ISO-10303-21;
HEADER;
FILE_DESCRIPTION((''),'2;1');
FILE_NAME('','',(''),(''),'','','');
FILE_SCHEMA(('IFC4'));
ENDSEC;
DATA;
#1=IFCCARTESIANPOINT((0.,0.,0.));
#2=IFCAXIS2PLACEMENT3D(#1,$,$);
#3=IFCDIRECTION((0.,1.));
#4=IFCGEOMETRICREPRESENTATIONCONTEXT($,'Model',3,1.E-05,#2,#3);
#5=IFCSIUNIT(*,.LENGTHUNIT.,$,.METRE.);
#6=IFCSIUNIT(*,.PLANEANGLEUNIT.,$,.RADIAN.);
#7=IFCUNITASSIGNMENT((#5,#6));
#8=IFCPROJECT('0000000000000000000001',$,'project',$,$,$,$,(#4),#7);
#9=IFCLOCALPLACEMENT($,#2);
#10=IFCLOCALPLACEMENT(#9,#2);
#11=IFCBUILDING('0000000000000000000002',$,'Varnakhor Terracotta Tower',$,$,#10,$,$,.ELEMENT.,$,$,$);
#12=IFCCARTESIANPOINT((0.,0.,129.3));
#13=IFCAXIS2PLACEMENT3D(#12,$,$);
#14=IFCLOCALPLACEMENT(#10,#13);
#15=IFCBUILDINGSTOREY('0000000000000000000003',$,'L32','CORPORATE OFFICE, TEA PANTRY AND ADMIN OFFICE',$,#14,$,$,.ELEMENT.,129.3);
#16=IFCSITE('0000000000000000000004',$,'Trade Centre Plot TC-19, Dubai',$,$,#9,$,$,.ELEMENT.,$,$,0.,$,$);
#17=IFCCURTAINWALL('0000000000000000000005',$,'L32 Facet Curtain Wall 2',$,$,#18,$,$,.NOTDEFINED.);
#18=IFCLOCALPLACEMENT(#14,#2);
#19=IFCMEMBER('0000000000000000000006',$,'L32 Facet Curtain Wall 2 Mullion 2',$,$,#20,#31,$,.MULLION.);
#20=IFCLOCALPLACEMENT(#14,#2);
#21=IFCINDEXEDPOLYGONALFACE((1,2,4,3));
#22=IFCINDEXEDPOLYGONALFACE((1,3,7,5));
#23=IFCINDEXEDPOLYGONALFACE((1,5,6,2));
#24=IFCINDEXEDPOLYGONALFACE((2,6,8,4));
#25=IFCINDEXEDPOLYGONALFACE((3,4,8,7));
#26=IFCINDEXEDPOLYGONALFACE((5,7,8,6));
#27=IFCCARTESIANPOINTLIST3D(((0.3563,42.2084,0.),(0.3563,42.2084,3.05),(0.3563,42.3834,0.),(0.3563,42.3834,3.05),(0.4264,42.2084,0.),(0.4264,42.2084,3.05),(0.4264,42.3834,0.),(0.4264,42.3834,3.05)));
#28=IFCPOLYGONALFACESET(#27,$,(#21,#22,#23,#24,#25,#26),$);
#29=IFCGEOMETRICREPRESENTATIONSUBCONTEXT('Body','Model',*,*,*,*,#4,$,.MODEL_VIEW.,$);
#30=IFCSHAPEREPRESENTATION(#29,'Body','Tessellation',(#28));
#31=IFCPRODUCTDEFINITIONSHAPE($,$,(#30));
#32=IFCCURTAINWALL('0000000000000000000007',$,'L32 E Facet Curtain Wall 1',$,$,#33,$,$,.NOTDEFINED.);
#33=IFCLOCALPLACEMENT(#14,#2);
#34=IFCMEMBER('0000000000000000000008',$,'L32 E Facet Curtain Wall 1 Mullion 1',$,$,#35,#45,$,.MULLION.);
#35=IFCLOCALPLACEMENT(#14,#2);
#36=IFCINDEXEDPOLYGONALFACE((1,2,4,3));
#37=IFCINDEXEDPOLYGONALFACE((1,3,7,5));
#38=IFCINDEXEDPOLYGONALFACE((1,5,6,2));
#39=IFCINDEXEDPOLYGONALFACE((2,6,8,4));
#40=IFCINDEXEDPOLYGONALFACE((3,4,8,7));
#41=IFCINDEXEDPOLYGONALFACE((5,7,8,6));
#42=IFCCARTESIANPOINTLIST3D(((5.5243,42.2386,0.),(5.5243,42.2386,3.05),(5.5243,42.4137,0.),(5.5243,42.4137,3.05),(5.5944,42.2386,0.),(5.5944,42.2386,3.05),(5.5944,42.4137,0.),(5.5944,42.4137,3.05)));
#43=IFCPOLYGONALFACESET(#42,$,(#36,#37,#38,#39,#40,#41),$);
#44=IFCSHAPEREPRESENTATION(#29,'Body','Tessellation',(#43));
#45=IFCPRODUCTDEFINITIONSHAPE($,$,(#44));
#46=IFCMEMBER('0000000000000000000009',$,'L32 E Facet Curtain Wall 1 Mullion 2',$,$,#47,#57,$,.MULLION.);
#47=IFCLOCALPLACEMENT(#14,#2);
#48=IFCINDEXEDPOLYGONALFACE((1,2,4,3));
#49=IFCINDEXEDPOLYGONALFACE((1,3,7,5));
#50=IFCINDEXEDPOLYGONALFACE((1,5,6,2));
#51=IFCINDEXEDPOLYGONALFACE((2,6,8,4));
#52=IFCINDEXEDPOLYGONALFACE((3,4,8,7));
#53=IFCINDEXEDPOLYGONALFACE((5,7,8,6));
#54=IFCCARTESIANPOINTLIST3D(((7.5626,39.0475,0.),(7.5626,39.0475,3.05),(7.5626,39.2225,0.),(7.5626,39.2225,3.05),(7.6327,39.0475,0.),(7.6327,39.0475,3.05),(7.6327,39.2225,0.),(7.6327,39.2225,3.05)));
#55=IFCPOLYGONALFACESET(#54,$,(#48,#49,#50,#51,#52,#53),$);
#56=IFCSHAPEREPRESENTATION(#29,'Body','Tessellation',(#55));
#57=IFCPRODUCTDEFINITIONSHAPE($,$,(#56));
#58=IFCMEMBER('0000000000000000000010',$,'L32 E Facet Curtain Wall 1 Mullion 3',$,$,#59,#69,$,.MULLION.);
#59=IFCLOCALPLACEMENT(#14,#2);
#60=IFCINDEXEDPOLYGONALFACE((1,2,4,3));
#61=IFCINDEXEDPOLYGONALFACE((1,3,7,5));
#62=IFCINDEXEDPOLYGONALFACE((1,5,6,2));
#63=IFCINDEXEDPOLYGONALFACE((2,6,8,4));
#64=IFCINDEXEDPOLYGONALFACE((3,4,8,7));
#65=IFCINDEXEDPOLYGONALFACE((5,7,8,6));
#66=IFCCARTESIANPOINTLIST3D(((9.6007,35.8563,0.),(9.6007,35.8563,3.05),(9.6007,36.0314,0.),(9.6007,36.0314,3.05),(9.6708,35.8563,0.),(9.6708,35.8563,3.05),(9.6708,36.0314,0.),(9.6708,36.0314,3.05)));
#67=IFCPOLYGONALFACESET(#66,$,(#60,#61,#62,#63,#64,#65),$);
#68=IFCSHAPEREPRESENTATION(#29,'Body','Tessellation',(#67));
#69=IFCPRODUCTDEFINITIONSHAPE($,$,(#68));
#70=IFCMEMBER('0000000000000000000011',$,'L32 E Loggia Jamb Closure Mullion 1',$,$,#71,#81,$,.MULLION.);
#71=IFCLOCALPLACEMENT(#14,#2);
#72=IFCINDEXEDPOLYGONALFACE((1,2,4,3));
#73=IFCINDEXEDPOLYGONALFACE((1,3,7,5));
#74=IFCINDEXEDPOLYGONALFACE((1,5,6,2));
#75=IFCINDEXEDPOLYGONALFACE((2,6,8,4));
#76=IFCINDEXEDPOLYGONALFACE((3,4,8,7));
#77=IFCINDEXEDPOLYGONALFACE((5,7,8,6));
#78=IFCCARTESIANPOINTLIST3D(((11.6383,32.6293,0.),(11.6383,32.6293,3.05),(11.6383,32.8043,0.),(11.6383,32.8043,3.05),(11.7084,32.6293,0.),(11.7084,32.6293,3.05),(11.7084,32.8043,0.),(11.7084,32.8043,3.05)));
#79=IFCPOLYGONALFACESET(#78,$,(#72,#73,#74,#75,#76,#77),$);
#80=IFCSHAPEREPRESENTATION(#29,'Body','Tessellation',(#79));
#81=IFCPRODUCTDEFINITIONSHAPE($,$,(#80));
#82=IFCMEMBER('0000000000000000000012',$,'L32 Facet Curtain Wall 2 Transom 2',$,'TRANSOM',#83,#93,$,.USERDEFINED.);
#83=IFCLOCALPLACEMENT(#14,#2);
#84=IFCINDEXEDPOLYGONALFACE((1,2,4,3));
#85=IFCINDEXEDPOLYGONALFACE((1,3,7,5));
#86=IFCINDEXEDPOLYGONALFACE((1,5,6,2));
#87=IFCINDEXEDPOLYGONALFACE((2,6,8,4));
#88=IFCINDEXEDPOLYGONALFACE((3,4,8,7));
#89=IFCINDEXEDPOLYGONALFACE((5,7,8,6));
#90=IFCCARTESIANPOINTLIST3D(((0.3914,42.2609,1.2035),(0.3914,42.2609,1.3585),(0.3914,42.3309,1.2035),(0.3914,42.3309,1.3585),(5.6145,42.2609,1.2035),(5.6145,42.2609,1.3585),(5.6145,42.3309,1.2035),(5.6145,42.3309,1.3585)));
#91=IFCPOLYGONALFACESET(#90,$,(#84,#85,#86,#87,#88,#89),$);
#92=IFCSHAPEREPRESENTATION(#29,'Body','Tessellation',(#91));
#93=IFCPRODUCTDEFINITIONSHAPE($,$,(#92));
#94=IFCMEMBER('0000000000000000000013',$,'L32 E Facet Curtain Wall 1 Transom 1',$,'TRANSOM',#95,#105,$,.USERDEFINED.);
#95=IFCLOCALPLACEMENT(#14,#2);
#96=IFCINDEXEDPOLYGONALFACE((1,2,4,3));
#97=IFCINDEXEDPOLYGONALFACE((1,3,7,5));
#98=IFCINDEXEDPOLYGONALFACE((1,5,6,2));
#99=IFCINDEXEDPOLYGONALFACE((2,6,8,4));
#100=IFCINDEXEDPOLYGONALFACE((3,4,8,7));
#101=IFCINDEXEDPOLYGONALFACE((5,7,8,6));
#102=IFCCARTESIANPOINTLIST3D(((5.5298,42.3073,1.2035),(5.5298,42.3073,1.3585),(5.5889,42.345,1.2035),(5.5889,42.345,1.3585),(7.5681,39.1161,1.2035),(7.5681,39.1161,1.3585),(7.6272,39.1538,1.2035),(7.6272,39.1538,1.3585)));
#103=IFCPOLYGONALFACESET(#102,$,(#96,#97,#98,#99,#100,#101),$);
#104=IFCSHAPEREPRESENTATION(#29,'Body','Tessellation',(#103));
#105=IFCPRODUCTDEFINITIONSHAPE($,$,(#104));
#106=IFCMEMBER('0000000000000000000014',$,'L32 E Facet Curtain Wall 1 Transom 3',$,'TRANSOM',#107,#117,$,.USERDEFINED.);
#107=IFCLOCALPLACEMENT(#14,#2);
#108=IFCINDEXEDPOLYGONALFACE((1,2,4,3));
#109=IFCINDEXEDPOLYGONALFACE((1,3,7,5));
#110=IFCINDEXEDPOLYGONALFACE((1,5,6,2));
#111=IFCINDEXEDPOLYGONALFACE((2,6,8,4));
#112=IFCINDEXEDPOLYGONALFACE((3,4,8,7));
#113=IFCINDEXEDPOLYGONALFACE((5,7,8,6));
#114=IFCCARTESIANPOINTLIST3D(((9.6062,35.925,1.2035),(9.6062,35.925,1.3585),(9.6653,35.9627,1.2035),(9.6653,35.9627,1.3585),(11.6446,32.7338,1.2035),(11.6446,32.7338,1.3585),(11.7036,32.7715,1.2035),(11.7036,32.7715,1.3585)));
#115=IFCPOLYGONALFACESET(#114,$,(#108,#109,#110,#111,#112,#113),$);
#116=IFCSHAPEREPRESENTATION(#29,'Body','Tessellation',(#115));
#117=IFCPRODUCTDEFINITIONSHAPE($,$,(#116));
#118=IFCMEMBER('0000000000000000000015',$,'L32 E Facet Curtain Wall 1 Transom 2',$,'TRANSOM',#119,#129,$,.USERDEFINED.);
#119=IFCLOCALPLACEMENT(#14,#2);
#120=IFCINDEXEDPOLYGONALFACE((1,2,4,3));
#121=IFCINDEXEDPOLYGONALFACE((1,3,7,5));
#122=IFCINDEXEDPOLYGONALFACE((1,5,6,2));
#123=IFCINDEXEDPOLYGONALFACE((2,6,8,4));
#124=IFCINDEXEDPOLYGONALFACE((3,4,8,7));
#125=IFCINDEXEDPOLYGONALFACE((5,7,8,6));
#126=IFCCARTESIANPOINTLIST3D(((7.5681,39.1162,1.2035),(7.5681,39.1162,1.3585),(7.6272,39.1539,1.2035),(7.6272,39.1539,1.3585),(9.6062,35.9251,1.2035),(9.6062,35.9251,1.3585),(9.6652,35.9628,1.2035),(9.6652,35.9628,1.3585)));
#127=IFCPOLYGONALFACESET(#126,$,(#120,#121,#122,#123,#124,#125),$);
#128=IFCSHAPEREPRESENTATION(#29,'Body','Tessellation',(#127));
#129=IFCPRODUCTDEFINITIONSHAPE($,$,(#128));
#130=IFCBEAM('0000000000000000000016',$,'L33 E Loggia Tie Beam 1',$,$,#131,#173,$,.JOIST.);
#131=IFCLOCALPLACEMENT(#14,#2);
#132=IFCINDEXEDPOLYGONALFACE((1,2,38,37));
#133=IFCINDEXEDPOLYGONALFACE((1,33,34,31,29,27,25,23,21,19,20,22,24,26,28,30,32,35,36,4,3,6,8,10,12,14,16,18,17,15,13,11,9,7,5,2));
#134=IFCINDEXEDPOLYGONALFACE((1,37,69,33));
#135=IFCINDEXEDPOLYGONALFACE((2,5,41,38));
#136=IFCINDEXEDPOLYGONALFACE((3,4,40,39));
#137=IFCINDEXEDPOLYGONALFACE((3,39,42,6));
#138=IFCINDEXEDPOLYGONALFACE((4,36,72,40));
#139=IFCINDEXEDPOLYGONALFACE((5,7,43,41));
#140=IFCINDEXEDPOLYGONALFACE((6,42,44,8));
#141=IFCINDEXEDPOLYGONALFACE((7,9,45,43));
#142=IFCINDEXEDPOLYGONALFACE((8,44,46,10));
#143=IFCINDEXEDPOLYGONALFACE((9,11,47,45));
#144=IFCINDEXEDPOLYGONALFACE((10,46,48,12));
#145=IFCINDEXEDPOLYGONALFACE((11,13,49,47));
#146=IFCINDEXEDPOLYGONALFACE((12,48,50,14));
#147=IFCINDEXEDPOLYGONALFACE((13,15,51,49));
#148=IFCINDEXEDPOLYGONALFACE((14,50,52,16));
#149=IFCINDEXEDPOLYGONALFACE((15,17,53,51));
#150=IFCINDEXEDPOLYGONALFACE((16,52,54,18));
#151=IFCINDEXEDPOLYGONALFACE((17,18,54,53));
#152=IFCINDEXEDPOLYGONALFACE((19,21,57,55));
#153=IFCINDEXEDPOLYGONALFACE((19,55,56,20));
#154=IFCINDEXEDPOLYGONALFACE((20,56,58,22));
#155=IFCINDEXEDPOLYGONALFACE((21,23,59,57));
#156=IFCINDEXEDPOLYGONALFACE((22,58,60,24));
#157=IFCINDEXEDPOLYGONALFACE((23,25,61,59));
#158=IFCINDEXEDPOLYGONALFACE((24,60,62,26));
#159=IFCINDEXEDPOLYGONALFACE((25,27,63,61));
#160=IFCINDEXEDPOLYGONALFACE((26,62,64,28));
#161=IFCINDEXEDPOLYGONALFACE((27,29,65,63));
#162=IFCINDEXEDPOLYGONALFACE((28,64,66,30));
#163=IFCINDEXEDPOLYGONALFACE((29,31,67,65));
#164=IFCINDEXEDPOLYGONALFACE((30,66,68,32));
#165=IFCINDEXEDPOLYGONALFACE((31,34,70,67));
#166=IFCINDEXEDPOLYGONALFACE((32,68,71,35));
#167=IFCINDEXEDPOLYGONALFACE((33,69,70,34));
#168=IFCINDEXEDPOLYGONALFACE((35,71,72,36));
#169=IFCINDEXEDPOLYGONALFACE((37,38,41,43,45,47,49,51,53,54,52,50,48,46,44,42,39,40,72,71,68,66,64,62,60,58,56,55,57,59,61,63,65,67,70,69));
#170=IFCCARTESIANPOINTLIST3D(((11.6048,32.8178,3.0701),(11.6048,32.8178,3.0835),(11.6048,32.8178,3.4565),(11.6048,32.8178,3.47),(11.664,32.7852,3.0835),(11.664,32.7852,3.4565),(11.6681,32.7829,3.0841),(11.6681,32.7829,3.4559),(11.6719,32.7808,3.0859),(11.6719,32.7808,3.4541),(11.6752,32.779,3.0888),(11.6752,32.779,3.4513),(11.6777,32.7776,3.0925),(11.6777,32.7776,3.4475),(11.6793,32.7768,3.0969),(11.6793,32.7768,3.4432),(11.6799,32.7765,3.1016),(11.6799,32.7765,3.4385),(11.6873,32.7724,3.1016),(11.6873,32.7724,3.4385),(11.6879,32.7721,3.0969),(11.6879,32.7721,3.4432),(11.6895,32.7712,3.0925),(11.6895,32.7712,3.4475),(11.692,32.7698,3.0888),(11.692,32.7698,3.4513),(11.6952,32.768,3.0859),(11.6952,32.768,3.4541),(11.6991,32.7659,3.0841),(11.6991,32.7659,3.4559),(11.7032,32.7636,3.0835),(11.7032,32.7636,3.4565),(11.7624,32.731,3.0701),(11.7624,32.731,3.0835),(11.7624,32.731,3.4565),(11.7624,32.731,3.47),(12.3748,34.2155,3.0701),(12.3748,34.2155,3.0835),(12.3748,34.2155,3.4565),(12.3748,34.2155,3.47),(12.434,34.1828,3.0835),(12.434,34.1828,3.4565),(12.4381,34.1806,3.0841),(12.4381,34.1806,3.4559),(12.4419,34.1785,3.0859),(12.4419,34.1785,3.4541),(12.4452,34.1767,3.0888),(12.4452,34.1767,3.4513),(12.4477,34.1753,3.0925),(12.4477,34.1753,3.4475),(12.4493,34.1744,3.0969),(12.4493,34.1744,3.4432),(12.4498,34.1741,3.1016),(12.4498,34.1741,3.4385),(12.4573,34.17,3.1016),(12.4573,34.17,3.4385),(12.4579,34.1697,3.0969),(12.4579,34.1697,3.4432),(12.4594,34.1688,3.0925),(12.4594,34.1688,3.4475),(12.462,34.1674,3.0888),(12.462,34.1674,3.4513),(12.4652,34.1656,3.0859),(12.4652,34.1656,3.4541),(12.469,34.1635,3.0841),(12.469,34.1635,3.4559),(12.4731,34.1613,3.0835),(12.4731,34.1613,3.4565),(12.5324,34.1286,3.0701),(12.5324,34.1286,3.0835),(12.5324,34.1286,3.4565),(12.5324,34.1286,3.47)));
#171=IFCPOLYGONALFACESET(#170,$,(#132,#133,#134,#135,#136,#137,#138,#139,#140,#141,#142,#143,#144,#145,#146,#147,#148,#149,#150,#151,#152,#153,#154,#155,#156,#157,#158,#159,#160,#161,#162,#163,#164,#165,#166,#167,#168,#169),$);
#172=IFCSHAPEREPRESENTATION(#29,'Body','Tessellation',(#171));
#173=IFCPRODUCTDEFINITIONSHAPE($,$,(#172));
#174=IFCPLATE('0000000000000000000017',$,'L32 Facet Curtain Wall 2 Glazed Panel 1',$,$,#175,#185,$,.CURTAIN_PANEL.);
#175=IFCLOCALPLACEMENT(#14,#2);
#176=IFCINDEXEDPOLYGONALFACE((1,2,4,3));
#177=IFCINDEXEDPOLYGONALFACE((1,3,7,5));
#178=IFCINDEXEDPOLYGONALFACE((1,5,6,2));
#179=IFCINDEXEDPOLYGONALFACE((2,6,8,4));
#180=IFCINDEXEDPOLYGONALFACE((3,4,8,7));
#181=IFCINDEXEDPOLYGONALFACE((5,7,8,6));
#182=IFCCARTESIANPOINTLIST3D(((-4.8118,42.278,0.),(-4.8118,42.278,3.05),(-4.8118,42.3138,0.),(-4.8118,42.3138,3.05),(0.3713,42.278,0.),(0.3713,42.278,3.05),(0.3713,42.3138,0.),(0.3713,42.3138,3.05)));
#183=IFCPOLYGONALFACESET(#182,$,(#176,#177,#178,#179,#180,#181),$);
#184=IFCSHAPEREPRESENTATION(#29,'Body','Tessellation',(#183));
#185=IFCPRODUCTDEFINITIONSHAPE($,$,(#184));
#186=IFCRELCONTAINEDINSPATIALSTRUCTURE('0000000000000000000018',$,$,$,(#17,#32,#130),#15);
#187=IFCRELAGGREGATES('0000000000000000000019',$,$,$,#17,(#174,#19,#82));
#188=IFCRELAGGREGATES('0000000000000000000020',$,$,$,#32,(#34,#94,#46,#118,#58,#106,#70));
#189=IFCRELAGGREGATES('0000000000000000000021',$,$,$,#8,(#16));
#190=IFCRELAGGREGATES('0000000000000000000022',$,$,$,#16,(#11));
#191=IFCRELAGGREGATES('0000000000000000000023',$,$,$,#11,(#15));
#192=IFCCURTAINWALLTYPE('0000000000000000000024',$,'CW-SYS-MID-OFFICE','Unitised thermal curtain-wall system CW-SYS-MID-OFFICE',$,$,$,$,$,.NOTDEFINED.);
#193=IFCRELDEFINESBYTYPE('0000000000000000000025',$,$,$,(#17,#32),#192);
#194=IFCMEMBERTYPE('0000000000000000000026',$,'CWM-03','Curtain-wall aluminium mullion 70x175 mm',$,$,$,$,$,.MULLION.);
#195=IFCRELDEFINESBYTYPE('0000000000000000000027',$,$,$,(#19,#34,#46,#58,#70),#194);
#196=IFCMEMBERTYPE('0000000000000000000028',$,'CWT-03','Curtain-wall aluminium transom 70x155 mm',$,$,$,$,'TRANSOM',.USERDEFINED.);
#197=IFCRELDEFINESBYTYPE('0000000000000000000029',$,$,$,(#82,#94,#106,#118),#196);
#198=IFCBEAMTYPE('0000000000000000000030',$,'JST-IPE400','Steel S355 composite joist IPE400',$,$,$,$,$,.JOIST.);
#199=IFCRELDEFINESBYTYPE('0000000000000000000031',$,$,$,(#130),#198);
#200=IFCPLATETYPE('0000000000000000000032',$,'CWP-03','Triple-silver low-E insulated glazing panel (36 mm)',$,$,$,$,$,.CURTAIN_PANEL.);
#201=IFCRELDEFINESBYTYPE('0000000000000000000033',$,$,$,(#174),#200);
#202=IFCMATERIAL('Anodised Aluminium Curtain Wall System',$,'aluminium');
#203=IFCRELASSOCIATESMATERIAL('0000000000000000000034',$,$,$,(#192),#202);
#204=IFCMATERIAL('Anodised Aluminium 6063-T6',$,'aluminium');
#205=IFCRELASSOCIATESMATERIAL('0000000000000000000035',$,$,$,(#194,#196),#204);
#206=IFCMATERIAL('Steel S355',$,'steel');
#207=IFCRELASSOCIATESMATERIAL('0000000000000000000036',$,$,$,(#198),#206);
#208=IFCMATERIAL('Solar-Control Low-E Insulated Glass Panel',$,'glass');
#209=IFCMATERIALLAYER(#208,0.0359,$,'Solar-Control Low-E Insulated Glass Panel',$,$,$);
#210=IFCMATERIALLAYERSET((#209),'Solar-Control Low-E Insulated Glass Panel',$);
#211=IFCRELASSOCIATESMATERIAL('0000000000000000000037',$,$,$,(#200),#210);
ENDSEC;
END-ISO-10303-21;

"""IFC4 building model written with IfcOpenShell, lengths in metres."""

from ifc_helpers import new_model, si_unit, direction, frame, origin, origin_2d, place, context, subcontext, project, spatial, rectangle, i_section, extrude, source, transform, mapped, material, layer, layer_set, material_profile, profile_set, type_object, element, aggregate, save


model = new_model("IFC4")

# Units and contexts
model_context = context("Model", 3, precision=1e-05, world=origin(), true_north=direction((0.0, 1.0)))
body_context = subcontext(model_context, "Body", "Model", "MODEL_VIEW")
ifc_project = project(units=[si_unit("LENGTHUNIT", "METRE"), si_unit("PLANEANGLEUNIT", "RADIAN")], contexts=[model_context])

# Site, building, storey
site_placement = place(None, origin())
site = spatial("IfcSite", under=ifc_project, at=site_placement, Name="Trade Centre Plot TC-19, Dubai", CompositionType="ELEMENT", RefElevation=0.0)
building_placement = place(site_placement, origin())
building = spatial("IfcBuilding", under=site, at=building_placement, Name="Varnakhor Terracotta Tower", CompositionType="ELEMENT")
storey_placement = place(building_placement, frame((0.0, 0.0, 129.3)))
storey = spatial("IfcBuildingStorey", under=building, at=storey_placement, Name="L32", Description="CORPORATE OFFICE, TEA PANTRY AND ADMIN OFFICE", CompositionType="ELEMENT", Elevation=129.3)

# Shared definitions
ifc_material_1 = material(Name="Steel S355", Category="steel")

# Curtain wall, member
ifc_material_2 = material(Name="Anodised Aluminium Curtain Wall System", Category="aluminium")
curtain_wall_type = type_object("IfcCurtainWallType", Name="CW-SYS-MID-OFFICE", Description="Unitised thermal curtain-wall system CW-SYS-MID-OFFICE", PredefinedType="NOTDEFINED", material=ifc_material_2)
curtain_wall_1_placement = place(storey_placement, origin())
curtain_wall_1 = element("IfcCurtainWall", 1, at=curtain_wall_1_placement, inside=storey, type_object=curtain_wall_type, Name="L32 Facet Curtain Wall 2", PredefinedType="NOTDEFINED")
ifc_material_3 = material(Name="Anodised Aluminium 6063-T6", Category="aluminium")
ifc_material_profile_1 = material_profile(ifc_material_3, rectangle(XDim=0.0701, YDim=0.175, at=origin_2d()), Name="ALU MULLION 70x175")
ifc_profile_set_1 = profile_set([ifc_material_profile_1], Name="Anodised Aluminium 6063-T6")
member_type_1 = type_object("IfcMemberType", Name="CWM-03", Description="Curtain-wall aluminium mullion 70x175 mm", PredefinedType="MULLION", material=ifc_profile_set_1)
shared_shape_1 = source(origin(), body_context, "Body", "SweptSolid", [
    extrude(rectangle(XDim=0.0701, YDim=0.175, at=origin_2d()), origin(), (0.0, 0.0, 1.0), 3.05),
])
member_1_placement = place(storey_placement, frame((0.3914, 42.2959, 0.0), z_axis=(0.0, 0.0, 1.0), x_axis=(1.0, 0.0, 0.0)))
member_1 = element("IfcMember", 2, at=member_1_placement, type_object=member_type_1, Name="L32 Facet Curtain Wall 2 Mullion 2", PredefinedType="MULLION", context=body_context, shape_type="MappedRepresentation", body=[
    mapped(shared_shape_1, transform((0.0, 0.0, 0.0), scale=1.0)),
])

# Curtain wall, members
curtain_wall_2_placement = place(storey_placement, origin())
curtain_wall_2 = element("IfcCurtainWall", 3, at=curtain_wall_2_placement, inside=storey, type_object=curtain_wall_type, Name="L32 E Facet Curtain Wall 1", PredefinedType="NOTDEFINED")
member_2_placement = place(storey_placement, frame((5.5593, 42.3262, 0.0), z_axis=(0.0, 0.0, 1.0), x_axis=(1.0, 0.0, 0.0)))
member_2 = element("IfcMember", 4, at=member_2_placement, type_object=member_type_1, Name="L32 E Facet Curtain Wall 1 Mullion 1", PredefinedType="MULLION", context=body_context, shape_type="MappedRepresentation", body=[
    mapped(shared_shape_1, transform((0.0, 0.0, 0.0), scale=1.0)),
])
member_3_placement = place(storey_placement, frame((7.5977, 39.135, 0.0), z_axis=(0.0, 0.0, 1.0), x_axis=(1.0, 0.0, 0.0)))
member_3 = element("IfcMember", 5, at=member_3_placement, type_object=member_type_1, Name="L32 E Facet Curtain Wall 1 Mullion 2", PredefinedType="MULLION", context=body_context, shape_type="MappedRepresentation", body=[
    mapped(shared_shape_1, transform((0.0, 0.0, 0.0), scale=1.0)),
])
member_4_placement = place(storey_placement, frame((9.6357, 35.9438, 0.0), z_axis=(0.0, 0.0, 1.0), x_axis=(1.0, 0.0, 0.0)))
member_4 = element("IfcMember", 6, at=member_4_placement, type_object=member_type_1, Name="L32 E Facet Curtain Wall 1 Mullion 3", PredefinedType="MULLION", context=body_context, shape_type="MappedRepresentation", body=[
    mapped(shared_shape_1, transform((0.0, 0.0, 0.0), scale=1.0)),
])
member_5_placement = place(storey_placement, frame((11.6733, 32.7168, 0.0), z_axis=(0.0, 0.0, 1.0), x_axis=(1.0, 0.0, 0.0)))
member_5 = element("IfcMember", 7, at=member_5_placement, type_object=member_type_1, Name="L32 E Loggia Jamb Closure Mullion 1", PredefinedType="MULLION", context=body_context, shape_type="MappedRepresentation", body=[
    mapped(shared_shape_1, transform((0.0, 0.0, 0.0), scale=1.0)),
])

# Members
ifc_material_profile_2 = material_profile(ifc_material_3, rectangle(XDim=0.0701, YDim=0.155, at=origin_2d()), Name="ALU TRANSOM 70x155")
ifc_profile_set_2 = profile_set([ifc_material_profile_2], Name="Anodised Aluminium 6063-T6")
member_type_2 = type_object("IfcMemberType", Name="CWT-03", Description="Curtain-wall aluminium transom 70x155 mm", ElementType="TRANSOM", PredefinedType="USERDEFINED", material=ifc_profile_set_2)
shared_shape_2 = source(origin(), body_context, "Body", "SweptSolid", [
    extrude(rectangle(XDim=0.0701, YDim=0.155, at=origin_2d()), origin(), (0.0, 0.0, 1.0), 5.2231),
])
member_6_placement = place(storey_placement, frame((0.3914, 42.2959, 1.281), z_axis=(1.0, 0.0, 0.0), x_axis=(0.0, 1.0, 0.0)))
member_6 = element("IfcMember", 8, at=member_6_placement, type_object=member_type_2, Name="L32 Facet Curtain Wall 2 Transom 2", ObjectType="TRANSOM", PredefinedType="USERDEFINED", context=body_context, shape_type="MappedRepresentation", body=[
    mapped(shared_shape_2, transform((0.0, 0.0, 0.0), scale=1.0)),
])
shared_shape_3 = source(origin(), body_context, "Body", "SweptSolid", [
    extrude(rectangle(XDim=0.0701, YDim=0.155, at=origin_2d()), origin(), (0.0, 0.0, 1.0), 3.7866),
])
member_7_placement = place(storey_placement, frame((5.5593, 42.3262, 1.281), z_axis=(0.538302, -0.842752, 0.0), x_axis=(0.842752, 0.538302, 0.0)))
member_7 = element("IfcMember", 9, at=member_7_placement, type_object=member_type_2, Name="L32 E Facet Curtain Wall 1 Transom 1", ObjectType="TRANSOM", PredefinedType="USERDEFINED", context=body_context, shape_type="MappedRepresentation", body=[
    mapped(shared_shape_3, transform((0.0, 0.0, 0.0), scale=1.0)),
])
member_8_placement = place(storey_placement, frame((9.6357, 35.9438, 1.281), z_axis=(0.538302, -0.842752, 0.0), x_axis=(0.842752, 0.538302, 0.0)))
member_8 = element("IfcMember", 10, at=member_8_placement, type_object=member_type_2, Name="L32 E Facet Curtain Wall 1 Transom 3", ObjectType="TRANSOM", PredefinedType="USERDEFINED", context=body_context, shape_type="MappedRepresentation", body=[
    mapped(shared_shape_3, transform((0.0, 0.0, 0.0), scale=1.0)),
])
shared_shape_4 = source(origin(), body_context, "Body", "SweptSolid", [
    extrude(rectangle(XDim=0.0701, YDim=0.155, at=origin_2d()), origin(), (0.0, 0.0, 1.0), 3.7864),
])
member_9_placement = place(storey_placement, frame((7.5977, 39.135, 1.281), z_axis=(0.538256, -0.842782, 0.0), x_axis=(0.842782, 0.538256, 0.0)))
member_9 = element("IfcMember", 11, at=member_9_placement, type_object=member_type_2, Name="L32 E Facet Curtain Wall 1 Transom 2", ObjectType="TRANSOM", PredefinedType="USERDEFINED", context=body_context, shape_type="MappedRepresentation", body=[
    mapped(shared_shape_4, transform((0.0, 0.0, 0.0), scale=1.0)),
])

# Beam
ifc_material_profile_3 = material_profile(ifc_material_1, i_section(OverallWidth=0.1799, OverallDepth=0.3999, WebThickness=0.0085, FlangeThickness=0.0134, FilletRadius=0.0181, at=origin_2d()), Name="IPE400")
ifc_profile_set_3 = profile_set([ifc_material_profile_3], Name="Steel S355")
beam_type_1 = type_object("IfcBeamType", Name="JST-IPE400", Description="Steel S355 composite joist IPE400", PredefinedType="JOIST", material=ifc_profile_set_3)
shared_shape_5 = source(origin(), body_context, "Body", "SweptSolid", [
    extrude(i_section(OverallWidth=0.1799, OverallDepth=0.3999, WebThickness=0.0085, FlangeThickness=0.0134, FilletRadius=0.0181, at=origin_2d()), origin(), (0.0, 0.0, 1.0), 1.5957),
])
beam_1_placement = place(storey_placement, frame((11.6836, 32.7744, 3.27), z_axis=(0.482535, 0.875877, 0.0), x_axis=(-0.875877, 0.482535, 0.0)))
element("IfcBeam", 12, at=beam_1_placement, inside=storey, type_object=beam_type_1, Name="L33 E Loggia Tie Beam 1", PredefinedType="JOIST", context=body_context, shape_type="MappedRepresentation", body=[
    mapped(shared_shape_5, transform((0.0, 0.0, 0.0), scale=1.0)),
])

# Plate
ifc_material_4 = material(Name="Solar-Control Low-E Insulated Glass Panel", Category="glass")
ifc_layer_1 = layer(ifc_material_4, 0.0359, Name="Solar-Control Low-E Insulated Glass Panel")
ifc_layer_set_1 = layer_set([ifc_layer_1], Name="Solar-Control Low-E Insulated Glass Panel")
plate_type = type_object("IfcPlateType", Name="CWP-03", Description="Triple-silver low-E insulated glazing panel (36 mm)", PredefinedType="CURTAIN_PANEL", material=ifc_layer_set_1)
shared_shape_6 = source(origin(), body_context, "Body", "SweptSolid", [
    extrude(rectangle(XDim=5.1831, YDim=0.0359, at=origin_2d()), origin(), (0.0, 0.0, 1.0), 3.05),
])
plate_1_placement = place(storey_placement, frame((-2.2202, 42.2959, 0.0), z_axis=(0.0, 0.0, 1.0), x_axis=(1.0, 0.0, 0.0)))
plate_1 = element("IfcPlate", 13, at=plate_1_placement, type_object=plate_type, Name="L32 Facet Curtain Wall 2 Glazed Panel 1", PredefinedType="CURTAIN_PANEL", context=body_context, shape_type="MappedRepresentation", body=[
    mapped(shared_shape_6, transform((0.0, 0.0, 0.0), scale=1.0)),
])
aggregate(curtain_wall_1, [plate_1, member_1, member_6])
aggregate(curtain_wall_2, [member_2, member_7, member_3, member_9, member_4, member_8, member_5])

save(model, "model.ifc")
